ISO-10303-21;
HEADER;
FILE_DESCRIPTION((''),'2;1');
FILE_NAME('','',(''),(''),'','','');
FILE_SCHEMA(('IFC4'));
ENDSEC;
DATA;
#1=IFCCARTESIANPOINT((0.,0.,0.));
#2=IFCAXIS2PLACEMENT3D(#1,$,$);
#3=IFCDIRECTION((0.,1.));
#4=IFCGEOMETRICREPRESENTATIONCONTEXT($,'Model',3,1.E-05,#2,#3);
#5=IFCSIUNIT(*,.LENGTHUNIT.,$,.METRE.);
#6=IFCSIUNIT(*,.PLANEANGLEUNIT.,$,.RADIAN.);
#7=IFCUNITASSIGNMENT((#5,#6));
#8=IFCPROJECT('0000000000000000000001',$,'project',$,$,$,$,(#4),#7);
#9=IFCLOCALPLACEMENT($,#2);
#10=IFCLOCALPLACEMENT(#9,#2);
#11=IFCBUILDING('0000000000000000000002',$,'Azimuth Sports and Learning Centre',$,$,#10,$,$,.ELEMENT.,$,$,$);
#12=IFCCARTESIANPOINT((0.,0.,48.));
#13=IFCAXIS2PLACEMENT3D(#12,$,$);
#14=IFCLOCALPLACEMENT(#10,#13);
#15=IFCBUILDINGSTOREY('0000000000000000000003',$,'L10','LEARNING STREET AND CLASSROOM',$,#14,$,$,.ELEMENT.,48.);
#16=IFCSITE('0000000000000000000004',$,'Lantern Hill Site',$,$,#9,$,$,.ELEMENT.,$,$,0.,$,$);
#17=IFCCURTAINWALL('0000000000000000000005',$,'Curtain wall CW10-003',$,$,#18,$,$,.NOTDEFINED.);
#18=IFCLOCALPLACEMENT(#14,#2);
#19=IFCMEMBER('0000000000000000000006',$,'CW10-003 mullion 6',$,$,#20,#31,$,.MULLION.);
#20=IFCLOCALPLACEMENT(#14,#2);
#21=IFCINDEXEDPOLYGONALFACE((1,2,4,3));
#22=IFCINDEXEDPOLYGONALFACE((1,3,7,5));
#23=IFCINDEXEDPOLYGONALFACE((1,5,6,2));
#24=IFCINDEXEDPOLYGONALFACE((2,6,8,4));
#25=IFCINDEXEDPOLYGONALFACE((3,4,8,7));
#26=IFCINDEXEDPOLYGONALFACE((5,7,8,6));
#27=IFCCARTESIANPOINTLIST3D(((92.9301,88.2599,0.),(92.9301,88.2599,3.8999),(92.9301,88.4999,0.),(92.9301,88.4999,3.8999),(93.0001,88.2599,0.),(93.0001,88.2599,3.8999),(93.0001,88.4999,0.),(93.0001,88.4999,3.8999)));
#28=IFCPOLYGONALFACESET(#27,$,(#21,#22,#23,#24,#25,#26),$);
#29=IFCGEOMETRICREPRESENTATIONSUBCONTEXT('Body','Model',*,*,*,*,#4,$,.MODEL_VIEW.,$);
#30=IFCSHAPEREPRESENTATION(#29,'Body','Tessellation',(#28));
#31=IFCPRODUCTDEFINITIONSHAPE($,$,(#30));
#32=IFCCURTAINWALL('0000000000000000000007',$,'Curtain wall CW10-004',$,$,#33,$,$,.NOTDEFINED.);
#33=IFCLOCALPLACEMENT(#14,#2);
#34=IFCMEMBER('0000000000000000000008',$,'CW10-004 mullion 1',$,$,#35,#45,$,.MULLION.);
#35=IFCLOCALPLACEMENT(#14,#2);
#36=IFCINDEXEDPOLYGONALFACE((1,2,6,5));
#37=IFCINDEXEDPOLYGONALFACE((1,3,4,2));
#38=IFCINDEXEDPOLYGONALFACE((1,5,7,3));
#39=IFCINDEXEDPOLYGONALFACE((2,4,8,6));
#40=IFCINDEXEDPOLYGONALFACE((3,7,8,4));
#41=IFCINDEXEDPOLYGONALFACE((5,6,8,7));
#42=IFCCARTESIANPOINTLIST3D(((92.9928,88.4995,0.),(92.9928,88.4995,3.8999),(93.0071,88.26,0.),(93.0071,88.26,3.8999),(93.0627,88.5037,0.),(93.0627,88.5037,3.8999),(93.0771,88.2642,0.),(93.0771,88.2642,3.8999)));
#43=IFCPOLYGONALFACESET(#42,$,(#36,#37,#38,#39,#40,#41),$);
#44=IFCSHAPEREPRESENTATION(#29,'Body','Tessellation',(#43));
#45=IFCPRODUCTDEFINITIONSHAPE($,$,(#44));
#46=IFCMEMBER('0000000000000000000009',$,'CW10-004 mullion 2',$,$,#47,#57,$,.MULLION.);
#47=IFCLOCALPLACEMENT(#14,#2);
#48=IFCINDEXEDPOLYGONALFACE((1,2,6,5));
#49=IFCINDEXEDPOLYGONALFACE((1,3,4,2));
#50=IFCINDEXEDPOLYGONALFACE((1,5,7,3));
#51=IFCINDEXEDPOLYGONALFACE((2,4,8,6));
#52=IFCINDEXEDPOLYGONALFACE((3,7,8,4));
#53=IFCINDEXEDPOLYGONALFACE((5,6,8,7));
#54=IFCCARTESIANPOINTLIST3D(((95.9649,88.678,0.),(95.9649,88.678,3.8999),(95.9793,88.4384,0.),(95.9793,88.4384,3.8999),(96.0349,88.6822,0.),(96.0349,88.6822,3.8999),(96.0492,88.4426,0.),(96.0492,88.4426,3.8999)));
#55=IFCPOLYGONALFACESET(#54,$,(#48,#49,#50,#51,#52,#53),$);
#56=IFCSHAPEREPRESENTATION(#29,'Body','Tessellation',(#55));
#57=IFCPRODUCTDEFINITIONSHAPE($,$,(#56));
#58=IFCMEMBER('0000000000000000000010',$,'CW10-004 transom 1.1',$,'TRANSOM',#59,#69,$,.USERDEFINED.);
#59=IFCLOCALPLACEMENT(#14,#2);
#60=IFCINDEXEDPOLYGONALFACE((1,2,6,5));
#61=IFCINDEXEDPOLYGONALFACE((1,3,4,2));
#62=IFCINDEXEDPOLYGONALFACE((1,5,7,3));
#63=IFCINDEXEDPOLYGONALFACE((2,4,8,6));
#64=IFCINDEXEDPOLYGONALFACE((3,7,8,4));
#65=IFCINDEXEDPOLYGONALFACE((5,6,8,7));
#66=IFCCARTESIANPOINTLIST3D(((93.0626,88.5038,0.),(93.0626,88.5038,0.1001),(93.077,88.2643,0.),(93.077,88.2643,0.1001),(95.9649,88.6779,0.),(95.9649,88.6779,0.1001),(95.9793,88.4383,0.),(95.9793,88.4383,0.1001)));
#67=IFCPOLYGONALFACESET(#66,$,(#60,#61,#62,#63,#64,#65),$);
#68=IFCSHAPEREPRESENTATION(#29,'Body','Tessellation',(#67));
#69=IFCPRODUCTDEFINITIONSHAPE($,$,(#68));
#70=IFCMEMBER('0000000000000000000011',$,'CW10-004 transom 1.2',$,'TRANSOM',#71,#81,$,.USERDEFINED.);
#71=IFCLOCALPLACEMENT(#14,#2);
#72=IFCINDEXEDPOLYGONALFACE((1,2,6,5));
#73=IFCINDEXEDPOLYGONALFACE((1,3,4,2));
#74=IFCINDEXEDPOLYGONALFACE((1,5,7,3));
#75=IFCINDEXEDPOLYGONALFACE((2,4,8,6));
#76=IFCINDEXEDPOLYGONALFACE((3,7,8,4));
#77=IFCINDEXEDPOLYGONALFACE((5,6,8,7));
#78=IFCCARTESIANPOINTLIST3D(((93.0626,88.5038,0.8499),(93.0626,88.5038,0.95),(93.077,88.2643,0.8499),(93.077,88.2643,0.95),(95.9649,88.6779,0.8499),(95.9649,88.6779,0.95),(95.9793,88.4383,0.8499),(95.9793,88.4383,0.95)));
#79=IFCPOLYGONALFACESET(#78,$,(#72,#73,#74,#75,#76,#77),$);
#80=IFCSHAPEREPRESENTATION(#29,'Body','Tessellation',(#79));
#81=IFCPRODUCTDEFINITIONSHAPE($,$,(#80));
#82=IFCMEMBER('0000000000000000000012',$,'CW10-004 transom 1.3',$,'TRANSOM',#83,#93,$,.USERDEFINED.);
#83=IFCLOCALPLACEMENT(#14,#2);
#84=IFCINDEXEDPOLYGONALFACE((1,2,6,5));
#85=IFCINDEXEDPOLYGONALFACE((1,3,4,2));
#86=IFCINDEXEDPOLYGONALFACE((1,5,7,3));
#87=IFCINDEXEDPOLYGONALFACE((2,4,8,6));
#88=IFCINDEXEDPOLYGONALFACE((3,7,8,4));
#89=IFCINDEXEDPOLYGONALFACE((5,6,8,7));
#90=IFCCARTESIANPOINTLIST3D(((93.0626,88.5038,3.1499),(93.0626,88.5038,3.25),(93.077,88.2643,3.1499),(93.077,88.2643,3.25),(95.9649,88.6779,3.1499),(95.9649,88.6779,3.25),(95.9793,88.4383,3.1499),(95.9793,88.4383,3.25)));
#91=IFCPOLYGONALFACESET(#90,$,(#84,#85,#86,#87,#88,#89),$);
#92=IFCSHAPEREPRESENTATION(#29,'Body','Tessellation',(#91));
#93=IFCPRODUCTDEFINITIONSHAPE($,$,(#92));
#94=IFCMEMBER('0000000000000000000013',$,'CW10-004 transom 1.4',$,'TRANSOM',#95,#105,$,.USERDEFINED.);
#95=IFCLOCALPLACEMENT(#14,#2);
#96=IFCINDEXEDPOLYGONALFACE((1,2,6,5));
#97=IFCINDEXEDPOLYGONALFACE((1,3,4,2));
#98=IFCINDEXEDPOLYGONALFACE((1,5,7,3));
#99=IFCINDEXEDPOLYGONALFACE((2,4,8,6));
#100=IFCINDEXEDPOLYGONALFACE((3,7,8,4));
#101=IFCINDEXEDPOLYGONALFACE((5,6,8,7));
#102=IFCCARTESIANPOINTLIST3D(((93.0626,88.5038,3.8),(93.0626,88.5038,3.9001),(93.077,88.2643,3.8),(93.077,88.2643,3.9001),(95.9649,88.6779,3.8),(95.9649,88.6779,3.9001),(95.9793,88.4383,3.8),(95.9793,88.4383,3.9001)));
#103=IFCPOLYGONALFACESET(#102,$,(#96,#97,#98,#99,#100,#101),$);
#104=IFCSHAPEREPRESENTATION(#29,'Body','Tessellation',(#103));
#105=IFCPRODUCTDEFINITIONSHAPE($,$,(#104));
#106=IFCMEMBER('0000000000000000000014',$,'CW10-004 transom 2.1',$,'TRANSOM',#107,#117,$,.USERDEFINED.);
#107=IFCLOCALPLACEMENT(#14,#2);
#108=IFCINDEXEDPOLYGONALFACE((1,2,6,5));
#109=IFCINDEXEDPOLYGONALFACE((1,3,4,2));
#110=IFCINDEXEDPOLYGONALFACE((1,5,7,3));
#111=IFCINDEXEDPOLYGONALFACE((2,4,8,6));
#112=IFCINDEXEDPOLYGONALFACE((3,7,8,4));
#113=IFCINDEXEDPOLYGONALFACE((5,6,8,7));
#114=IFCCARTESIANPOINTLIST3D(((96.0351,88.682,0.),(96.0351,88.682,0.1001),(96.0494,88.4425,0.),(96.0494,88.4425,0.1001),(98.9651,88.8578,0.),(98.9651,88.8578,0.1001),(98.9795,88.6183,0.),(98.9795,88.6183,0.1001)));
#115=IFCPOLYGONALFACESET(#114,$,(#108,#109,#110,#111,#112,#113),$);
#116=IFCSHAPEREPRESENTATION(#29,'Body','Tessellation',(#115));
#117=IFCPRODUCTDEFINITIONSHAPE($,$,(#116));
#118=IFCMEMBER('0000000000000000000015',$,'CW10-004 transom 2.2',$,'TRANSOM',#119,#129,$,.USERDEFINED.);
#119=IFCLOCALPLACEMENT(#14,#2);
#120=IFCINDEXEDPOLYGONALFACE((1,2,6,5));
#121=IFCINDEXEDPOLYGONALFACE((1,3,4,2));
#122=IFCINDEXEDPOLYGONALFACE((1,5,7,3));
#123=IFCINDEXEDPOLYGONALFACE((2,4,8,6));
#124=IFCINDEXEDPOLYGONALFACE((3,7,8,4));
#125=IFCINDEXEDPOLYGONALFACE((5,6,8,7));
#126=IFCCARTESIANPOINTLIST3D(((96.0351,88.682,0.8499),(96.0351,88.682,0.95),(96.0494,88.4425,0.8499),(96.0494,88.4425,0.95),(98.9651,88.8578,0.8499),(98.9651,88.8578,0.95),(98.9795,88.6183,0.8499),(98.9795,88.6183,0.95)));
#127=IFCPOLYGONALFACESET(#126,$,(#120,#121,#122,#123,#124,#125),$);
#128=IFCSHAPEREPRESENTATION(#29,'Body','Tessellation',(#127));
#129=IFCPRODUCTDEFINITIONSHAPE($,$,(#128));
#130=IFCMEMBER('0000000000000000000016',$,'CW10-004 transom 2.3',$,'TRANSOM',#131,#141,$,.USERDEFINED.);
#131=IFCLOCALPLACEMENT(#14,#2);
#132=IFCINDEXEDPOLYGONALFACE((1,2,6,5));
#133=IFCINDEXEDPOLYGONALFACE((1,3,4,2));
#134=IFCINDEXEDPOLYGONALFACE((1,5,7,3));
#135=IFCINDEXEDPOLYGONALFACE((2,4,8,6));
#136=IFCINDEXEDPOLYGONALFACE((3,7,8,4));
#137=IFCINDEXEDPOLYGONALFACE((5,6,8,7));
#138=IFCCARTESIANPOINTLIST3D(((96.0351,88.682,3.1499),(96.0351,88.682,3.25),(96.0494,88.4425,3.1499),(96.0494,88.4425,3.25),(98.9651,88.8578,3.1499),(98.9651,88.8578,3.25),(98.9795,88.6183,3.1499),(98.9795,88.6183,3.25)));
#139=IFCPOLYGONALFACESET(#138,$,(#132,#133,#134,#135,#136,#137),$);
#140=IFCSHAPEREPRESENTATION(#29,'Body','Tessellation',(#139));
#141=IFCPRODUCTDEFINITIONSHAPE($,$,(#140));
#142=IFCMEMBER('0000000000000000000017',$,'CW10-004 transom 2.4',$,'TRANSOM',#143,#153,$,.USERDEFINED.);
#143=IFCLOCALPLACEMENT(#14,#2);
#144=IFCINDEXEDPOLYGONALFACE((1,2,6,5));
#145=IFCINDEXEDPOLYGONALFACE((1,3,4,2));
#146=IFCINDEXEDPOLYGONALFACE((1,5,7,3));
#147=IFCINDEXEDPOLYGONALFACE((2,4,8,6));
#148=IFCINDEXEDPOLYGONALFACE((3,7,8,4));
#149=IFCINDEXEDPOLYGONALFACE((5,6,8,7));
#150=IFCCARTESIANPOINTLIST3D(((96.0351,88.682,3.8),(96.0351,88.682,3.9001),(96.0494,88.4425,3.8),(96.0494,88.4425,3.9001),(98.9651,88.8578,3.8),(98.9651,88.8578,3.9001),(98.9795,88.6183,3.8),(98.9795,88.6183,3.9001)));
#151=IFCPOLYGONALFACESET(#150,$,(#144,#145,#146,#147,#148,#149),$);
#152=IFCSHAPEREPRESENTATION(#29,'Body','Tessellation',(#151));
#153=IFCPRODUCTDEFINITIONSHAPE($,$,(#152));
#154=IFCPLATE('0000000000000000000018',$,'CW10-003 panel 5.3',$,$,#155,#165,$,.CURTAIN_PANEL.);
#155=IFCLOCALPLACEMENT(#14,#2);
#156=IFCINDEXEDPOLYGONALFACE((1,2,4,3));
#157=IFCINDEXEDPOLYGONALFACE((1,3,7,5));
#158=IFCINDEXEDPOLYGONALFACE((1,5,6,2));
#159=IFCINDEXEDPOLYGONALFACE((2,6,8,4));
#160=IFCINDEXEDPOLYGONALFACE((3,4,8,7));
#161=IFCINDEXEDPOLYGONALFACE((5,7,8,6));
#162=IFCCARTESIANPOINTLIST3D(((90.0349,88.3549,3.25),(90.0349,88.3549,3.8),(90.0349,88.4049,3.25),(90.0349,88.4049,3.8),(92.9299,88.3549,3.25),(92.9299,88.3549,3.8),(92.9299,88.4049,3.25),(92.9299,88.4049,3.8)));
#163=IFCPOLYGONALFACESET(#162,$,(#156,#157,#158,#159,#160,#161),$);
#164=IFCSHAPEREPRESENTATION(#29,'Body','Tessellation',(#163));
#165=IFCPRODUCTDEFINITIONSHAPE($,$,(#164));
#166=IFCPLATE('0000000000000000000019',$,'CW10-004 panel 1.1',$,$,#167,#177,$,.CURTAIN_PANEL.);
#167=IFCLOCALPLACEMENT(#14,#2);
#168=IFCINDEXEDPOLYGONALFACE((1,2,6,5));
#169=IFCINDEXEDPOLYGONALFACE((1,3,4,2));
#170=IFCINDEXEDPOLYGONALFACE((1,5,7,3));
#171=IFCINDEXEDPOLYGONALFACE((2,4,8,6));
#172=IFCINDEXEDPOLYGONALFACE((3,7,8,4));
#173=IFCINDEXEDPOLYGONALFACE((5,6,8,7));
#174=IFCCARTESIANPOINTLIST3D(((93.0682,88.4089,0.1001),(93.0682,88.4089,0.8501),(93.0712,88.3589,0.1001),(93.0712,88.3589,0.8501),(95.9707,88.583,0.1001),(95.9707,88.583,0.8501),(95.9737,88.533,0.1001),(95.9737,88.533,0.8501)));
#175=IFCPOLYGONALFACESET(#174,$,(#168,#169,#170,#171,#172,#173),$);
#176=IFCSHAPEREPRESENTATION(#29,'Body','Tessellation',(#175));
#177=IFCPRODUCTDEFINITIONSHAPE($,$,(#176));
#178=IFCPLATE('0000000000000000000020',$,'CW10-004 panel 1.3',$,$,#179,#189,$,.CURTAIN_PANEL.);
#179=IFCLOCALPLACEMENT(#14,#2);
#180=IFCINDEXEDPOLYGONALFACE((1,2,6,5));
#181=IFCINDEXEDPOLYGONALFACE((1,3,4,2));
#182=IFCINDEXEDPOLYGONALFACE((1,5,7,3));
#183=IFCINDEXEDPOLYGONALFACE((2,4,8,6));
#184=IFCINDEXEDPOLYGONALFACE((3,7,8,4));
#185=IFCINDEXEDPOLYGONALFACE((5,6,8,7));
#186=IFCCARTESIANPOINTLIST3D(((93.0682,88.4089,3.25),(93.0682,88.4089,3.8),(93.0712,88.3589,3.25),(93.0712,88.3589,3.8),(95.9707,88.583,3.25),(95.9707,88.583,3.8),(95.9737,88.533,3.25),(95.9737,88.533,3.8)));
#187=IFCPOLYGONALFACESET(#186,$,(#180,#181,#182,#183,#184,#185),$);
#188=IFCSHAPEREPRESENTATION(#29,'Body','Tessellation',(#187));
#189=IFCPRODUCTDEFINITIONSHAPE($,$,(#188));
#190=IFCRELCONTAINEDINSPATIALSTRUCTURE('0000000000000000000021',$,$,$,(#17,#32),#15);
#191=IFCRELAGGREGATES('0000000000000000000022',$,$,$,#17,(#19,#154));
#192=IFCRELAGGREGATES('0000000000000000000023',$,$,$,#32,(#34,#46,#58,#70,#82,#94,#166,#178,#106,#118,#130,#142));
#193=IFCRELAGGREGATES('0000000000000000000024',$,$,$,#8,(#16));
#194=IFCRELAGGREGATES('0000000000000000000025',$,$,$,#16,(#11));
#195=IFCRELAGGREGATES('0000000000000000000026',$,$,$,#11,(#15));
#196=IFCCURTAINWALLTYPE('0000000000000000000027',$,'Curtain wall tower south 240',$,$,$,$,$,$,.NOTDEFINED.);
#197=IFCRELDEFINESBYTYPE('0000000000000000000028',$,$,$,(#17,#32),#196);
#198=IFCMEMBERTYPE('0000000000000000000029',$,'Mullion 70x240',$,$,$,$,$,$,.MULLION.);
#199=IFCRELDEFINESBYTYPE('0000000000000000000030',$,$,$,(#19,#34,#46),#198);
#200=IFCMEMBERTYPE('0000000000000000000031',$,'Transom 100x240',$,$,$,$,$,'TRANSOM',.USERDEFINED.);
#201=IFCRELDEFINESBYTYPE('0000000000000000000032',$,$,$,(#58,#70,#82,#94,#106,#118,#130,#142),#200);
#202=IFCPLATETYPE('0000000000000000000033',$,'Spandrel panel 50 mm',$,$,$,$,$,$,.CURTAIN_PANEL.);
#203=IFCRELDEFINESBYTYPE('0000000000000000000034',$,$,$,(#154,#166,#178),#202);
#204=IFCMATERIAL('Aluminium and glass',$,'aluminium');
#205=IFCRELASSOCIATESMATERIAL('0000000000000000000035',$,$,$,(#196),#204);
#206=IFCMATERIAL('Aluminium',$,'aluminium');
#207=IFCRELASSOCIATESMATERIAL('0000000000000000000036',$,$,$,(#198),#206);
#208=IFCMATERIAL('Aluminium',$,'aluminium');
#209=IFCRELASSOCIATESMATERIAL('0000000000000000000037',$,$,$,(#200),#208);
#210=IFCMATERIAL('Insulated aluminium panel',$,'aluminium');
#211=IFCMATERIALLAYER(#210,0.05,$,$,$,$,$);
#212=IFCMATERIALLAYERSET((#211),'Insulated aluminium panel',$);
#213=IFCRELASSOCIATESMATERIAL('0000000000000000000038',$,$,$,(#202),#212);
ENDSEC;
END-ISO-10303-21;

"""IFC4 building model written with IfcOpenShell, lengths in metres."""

from ifc_helpers import new_model, si_unit, direction, frame, origin, origin_2d, place, context, subcontext, project, spatial, rectangle, extrude, material, layer, layer_set, material_profile, profile_set, type_object, element, aggregate, save


model = new_model("IFC4")

# Units and contexts
model_context = context("Model", 3, precision=1e-05, world=origin(), true_north=direction((0.0, 1.0)))
body_context = subcontext(model_context, "Body", "Model", "MODEL_VIEW")
ifc_project = project(units=[si_unit("LENGTHUNIT", "METRE"), si_unit("PLANEANGLEUNIT", "RADIAN")], contexts=[model_context])

# Site, building, storey
site_placement = place(None, origin())
site = spatial("IfcSite", under=ifc_project, at=site_placement, Name="Lantern Hill Site", CompositionType="ELEMENT", RefElevation=0.0)
building_placement = place(site_placement, origin())
building = spatial("IfcBuilding", under=site, at=building_placement, Name="Azimuth Sports and Learning Centre", CompositionType="ELEMENT")
storey_placement = place(building_placement, frame((0.0, 0.0, 48.0)))
storey = spatial("IfcBuildingStorey", under=building, at=storey_placement, Name="L10", Description="LEARNING STREET AND CLASSROOM", CompositionType="ELEMENT", Elevation=48.0)

# Curtain wall, member
ifc_material_1 = material(Name="Aluminium and glass", Category="aluminium")
curtain_wall_type = type_object("IfcCurtainWallType", Name="Curtain wall tower south 240", PredefinedType="NOTDEFINED", material=ifc_material_1)
curtain_wall_1_placement = place(storey_placement, origin())
curtain_wall_1 = element("IfcCurtainWall", 1, at=curtain_wall_1_placement, inside=storey, type_object=curtain_wall_type, Name="Curtain wall CW10-003", PredefinedType="NOTDEFINED")
ifc_material_2 = material(Name="Aluminium", Category="aluminium")
ifc_material_profile_1 = material_profile(ifc_material_2, rectangle(XDim=0.24, YDim=0.0701, at=origin_2d()), Name="Mullion 70x240")
ifc_profile_set_1 = profile_set([ifc_material_profile_1], Name="Aluminium")
member_type_1 = type_object("IfcMemberType", Name="Mullion 70x240", PredefinedType="MULLION", material=ifc_profile_set_1)
member_1_placement = place(storey_placement, frame((92.9651, 88.3799, 0.0), z_axis=(0.0, 0.0, 1.0), x_axis=(0.0, 1.0, 0.0)))
member_1 = element("IfcMember", 2, at=member_1_placement, type_object=member_type_1, Name="CW10-003 mullion 6", PredefinedType="MULLION", context=body_context, shape_type="SweptSolid", body=[
    extrude(rectangle(XDim=0.24, YDim=0.0701, at=origin_2d()), origin(), (0.0, 0.0, 1.0), 3.8999),
])

# Curtain wall, members
curtain_wall_2_placement = place(storey_placement, origin())
curtain_wall_2 = element("IfcCurtainWall", 3, at=curtain_wall_2_placement, inside=storey, type_object=curtain_wall_type, Name="Curtain wall CW10-004", PredefinedType="NOTDEFINED")
member_2_placement = place(storey_placement, frame((93.0349, 88.3818, 0.0), z_axis=(0.0, 0.0, 1.0), x_axis=(-0.059892, 0.998205, 0.0)))
member_2 = element("IfcMember", 4, at=member_2_placement, type_object=member_type_1, Name="CW10-004 mullion 1", PredefinedType="MULLION", context=body_context, shape_type="SweptSolid", body=[
    extrude(rectangle(XDim=0.24, YDim=0.0701, at=origin_2d()), origin(), (0.0, 0.0, 1.0), 3.8999),
])
member_3_placement = place(storey_placement, frame((96.0071, 88.5603, 0.0), z_axis=(0.0, 0.0, 1.0), x_axis=(-0.059892, 0.998205, 0.0)))
member_3 = element("IfcMember", 5, at=member_3_placement, type_object=member_type_1, Name="CW10-004 mullion 2", PredefinedType="MULLION", context=body_context, shape_type="SweptSolid", body=[
    extrude(rectangle(XDim=0.24, YDim=0.0701, at=origin_2d()), origin(), (0.0, 0.0, 1.0), 3.8999),
])
ifc_material_3 = material(Name="Aluminium", Category="aluminium")
ifc_material_profile_2 = material_profile(ifc_material_3, rectangle(XDim=0.24, YDim=0.1001, at=origin_2d()), Name="Transom 100x240")
ifc_profile_set_2 = profile_set([ifc_material_profile_2], Name="Aluminium")
member_type_2 = type_object("IfcMemberType", Name="Transom 100x240", ElementType="TRANSOM", PredefinedType="USERDEFINED", material=ifc_profile_set_2)
member_4_placement = place(storey_placement, frame((93.0698, 88.384, 0.05), z_axis=(0.998206, 0.059869, 0.0), x_axis=(-0.059869, 0.998206, 0.0)))
member_4 = element("IfcMember", 6, at=member_4_placement, type_object=member_type_2, Name="CW10-004 transom 1.1", ObjectType="TRANSOM", PredefinedType="USERDEFINED", context=body_context, shape_type="SweptSolid", body=[
    extrude(rectangle(XDim=0.24, YDim=0.1001, at=origin_2d()), origin(), (0.0, 0.0, 1.0), 2.9075),
])
member_5_placement = place(storey_placement, frame((93.0698, 88.384, 0.8999), z_axis=(0.998206, 0.059869, 0.0), x_axis=(-0.059869, 0.998206, 0.0)))
member_5 = element("IfcMember", 7, at=member_5_placement, type_object=member_type_2, Name="CW10-004 transom 1.2", ObjectType="TRANSOM", PredefinedType="USERDEFINED", context=body_context, shape_type="SweptSolid", body=[
    extrude(rectangle(XDim=0.24, YDim=0.1001, at=origin_2d()), origin(), (0.0, 0.0, 1.0), 2.9075),
])
member_6_placement = place(storey_placement, frame((93.0698, 88.384, 3.2), z_axis=(0.998206, 0.059869, 0.0), x_axis=(-0.059869, 0.998206, 0.0)))
member_6 = element("IfcMember", 8, at=member_6_placement, type_object=member_type_2, Name="CW10-004 transom 1.3", ObjectType="TRANSOM", PredefinedType="USERDEFINED", context=body_context, shape_type="SweptSolid", body=[
    extrude(rectangle(XDim=0.24, YDim=0.1001, at=origin_2d()), origin(), (0.0, 0.0, 1.0), 2.9075),
])
member_7_placement = place(storey_placement, frame((93.0698, 88.384, 3.8501), z_axis=(0.998206, 0.059869, 0.0), x_axis=(-0.059869, 0.998206, 0.0)))
member_7 = element("IfcMember", 9, at=member_7_placement, type_object=member_type_2, Name="CW10-004 transom 1.4", ObjectType="TRANSOM", PredefinedType="USERDEFINED", context=body_context, shape_type="SweptSolid", body=[
    extrude(rectangle(XDim=0.24, YDim=0.1001, at=origin_2d()), origin(), (0.0, 0.0, 1.0), 2.9075),
])
member_8_placement = place(storey_placement, frame((96.0422, 88.5623, 0.05), z_axis=(0.998205, 0.059887, 0.0), x_axis=(-0.059887, 0.998205, 0.0)))
member_8 = element("IfcMember", 10, at=member_8_placement, type_object=member_type_2, Name="CW10-004 transom 2.1", ObjectType="TRANSOM", PredefinedType="USERDEFINED", context=body_context, shape_type="SweptSolid", body=[
    extrude(rectangle(XDim=0.24, YDim=0.1001, at=origin_2d()), origin(), (0.0, 0.0, 1.0), 2.9353),
])
member_9_placement = place(storey_placement, frame((96.0422, 88.5623, 0.8999), z_axis=(0.998205, 0.059887, 0.0), x_axis=(-0.059887, 0.998205, 0.0)))
member_9 = element("IfcMember", 11, at=member_9_placement, type_object=member_type_2, Name="CW10-004 transom 2.2", ObjectType="TRANSOM", PredefinedType="USERDEFINED", context=body_context, shape_type="SweptSolid", body=[
    extrude(rectangle(XDim=0.24, YDim=0.1001, at=origin_2d()), origin(), (0.0, 0.0, 1.0), 2.9353),
])
member_10_placement = place(storey_placement, frame((96.0422, 88.5623, 3.2), z_axis=(0.998205, 0.059887, 0.0), x_axis=(-0.059887, 0.998205, 0.0)))
member_10 = element("IfcMember", 12, at=member_10_placement, type_object=member_type_2, Name="CW10-004 transom 2.3", ObjectType="TRANSOM", PredefinedType="USERDEFINED", context=body_context, shape_type="SweptSolid", body=[
    extrude(rectangle(XDim=0.24, YDim=0.1001, at=origin_2d()), origin(), (0.0, 0.0, 1.0), 2.9353),
])
member_11_placement = place(storey_placement, frame((96.0422, 88.5623, 3.8501), z_axis=(0.998205, 0.059887, 0.0), x_axis=(-0.059887, 0.998205, 0.0)))
member_11 = element("IfcMember", 13, at=member_11_placement, type_object=member_type_2, Name="CW10-004 transom 2.4", ObjectType="TRANSOM", PredefinedType="USERDEFINED", context=body_context, shape_type="SweptSolid", body=[
    extrude(rectangle(XDim=0.24, YDim=0.1001, at=origin_2d()), origin(), (0.0, 0.0, 1.0), 2.9353),
])

# Plates
ifc_material_4 = material(Name="Insulated aluminium panel", Category="aluminium")
ifc_layer_1 = layer(ifc_material_4, 0.05)
ifc_layer_set_1 = layer_set([ifc_layer_1], Name="Insulated aluminium panel")
plate_type_1 = type_object("IfcPlateType", Name="Spandrel panel 50 mm", PredefinedType="CURTAIN_PANEL", material=ifc_layer_set_1)
plate_1_placement = place(storey_placement, frame((91.4824, 88.3799, 3.25), z_axis=(0.0, 0.0, 1.0), x_axis=(1.0, 0.0, 0.0)))
plate_1 = element("IfcPlate", 14, at=plate_1_placement, type_object=plate_type_1, Name="CW10-003 panel 5.3", PredefinedType="CURTAIN_PANEL", context=body_context, shape_type="SweptSolid", body=[
    extrude(rectangle(XDim=2.895, YDim=0.05, at=origin_2d()), origin(), (0.0, 0.0, 1.0), 0.55),
])
plate_2_placement = place(storey_placement, frame((94.521, 88.4709, 0.1001), z_axis=(0.0, 0.0, 1.0), x_axis=(0.998205, 0.059892, 0.0)))
plate_2 = element("IfcPlate", 15, at=plate_2_placement, type_object=plate_type_1, Name="CW10-004 panel 1.1", PredefinedType="CURTAIN_PANEL", context=body_context, shape_type="SweptSolid", body=[
    extrude(rectangle(XDim=2.9077, YDim=0.05, at=origin_2d()), origin(), (0.0, 0.0, 1.0), 0.75),
])
plate_3_placement = place(storey_placement, frame((94.521, 88.4709, 3.25), z_axis=(0.0, 0.0, 1.0), x_axis=(0.998205, 0.059892, 0.0)))
plate_3 = element("IfcPlate", 16, at=plate_3_placement, type_object=plate_type_1, Name="CW10-004 panel 1.3", PredefinedType="CURTAIN_PANEL", context=body_context, shape_type="SweptSolid", body=[
    extrude(rectangle(XDim=2.9077, YDim=0.05, at=origin_2d()), origin(), (0.0, 0.0, 1.0), 0.55),
])
aggregate(curtain_wall_1, [member_1, plate_1])
aggregate(curtain_wall_2, [member_2, member_3, member_4, member_5, member_6, member_7, plate_2, plate_3, member_8, member_9, member_10, member_11])

save(model, "model.ifc")
